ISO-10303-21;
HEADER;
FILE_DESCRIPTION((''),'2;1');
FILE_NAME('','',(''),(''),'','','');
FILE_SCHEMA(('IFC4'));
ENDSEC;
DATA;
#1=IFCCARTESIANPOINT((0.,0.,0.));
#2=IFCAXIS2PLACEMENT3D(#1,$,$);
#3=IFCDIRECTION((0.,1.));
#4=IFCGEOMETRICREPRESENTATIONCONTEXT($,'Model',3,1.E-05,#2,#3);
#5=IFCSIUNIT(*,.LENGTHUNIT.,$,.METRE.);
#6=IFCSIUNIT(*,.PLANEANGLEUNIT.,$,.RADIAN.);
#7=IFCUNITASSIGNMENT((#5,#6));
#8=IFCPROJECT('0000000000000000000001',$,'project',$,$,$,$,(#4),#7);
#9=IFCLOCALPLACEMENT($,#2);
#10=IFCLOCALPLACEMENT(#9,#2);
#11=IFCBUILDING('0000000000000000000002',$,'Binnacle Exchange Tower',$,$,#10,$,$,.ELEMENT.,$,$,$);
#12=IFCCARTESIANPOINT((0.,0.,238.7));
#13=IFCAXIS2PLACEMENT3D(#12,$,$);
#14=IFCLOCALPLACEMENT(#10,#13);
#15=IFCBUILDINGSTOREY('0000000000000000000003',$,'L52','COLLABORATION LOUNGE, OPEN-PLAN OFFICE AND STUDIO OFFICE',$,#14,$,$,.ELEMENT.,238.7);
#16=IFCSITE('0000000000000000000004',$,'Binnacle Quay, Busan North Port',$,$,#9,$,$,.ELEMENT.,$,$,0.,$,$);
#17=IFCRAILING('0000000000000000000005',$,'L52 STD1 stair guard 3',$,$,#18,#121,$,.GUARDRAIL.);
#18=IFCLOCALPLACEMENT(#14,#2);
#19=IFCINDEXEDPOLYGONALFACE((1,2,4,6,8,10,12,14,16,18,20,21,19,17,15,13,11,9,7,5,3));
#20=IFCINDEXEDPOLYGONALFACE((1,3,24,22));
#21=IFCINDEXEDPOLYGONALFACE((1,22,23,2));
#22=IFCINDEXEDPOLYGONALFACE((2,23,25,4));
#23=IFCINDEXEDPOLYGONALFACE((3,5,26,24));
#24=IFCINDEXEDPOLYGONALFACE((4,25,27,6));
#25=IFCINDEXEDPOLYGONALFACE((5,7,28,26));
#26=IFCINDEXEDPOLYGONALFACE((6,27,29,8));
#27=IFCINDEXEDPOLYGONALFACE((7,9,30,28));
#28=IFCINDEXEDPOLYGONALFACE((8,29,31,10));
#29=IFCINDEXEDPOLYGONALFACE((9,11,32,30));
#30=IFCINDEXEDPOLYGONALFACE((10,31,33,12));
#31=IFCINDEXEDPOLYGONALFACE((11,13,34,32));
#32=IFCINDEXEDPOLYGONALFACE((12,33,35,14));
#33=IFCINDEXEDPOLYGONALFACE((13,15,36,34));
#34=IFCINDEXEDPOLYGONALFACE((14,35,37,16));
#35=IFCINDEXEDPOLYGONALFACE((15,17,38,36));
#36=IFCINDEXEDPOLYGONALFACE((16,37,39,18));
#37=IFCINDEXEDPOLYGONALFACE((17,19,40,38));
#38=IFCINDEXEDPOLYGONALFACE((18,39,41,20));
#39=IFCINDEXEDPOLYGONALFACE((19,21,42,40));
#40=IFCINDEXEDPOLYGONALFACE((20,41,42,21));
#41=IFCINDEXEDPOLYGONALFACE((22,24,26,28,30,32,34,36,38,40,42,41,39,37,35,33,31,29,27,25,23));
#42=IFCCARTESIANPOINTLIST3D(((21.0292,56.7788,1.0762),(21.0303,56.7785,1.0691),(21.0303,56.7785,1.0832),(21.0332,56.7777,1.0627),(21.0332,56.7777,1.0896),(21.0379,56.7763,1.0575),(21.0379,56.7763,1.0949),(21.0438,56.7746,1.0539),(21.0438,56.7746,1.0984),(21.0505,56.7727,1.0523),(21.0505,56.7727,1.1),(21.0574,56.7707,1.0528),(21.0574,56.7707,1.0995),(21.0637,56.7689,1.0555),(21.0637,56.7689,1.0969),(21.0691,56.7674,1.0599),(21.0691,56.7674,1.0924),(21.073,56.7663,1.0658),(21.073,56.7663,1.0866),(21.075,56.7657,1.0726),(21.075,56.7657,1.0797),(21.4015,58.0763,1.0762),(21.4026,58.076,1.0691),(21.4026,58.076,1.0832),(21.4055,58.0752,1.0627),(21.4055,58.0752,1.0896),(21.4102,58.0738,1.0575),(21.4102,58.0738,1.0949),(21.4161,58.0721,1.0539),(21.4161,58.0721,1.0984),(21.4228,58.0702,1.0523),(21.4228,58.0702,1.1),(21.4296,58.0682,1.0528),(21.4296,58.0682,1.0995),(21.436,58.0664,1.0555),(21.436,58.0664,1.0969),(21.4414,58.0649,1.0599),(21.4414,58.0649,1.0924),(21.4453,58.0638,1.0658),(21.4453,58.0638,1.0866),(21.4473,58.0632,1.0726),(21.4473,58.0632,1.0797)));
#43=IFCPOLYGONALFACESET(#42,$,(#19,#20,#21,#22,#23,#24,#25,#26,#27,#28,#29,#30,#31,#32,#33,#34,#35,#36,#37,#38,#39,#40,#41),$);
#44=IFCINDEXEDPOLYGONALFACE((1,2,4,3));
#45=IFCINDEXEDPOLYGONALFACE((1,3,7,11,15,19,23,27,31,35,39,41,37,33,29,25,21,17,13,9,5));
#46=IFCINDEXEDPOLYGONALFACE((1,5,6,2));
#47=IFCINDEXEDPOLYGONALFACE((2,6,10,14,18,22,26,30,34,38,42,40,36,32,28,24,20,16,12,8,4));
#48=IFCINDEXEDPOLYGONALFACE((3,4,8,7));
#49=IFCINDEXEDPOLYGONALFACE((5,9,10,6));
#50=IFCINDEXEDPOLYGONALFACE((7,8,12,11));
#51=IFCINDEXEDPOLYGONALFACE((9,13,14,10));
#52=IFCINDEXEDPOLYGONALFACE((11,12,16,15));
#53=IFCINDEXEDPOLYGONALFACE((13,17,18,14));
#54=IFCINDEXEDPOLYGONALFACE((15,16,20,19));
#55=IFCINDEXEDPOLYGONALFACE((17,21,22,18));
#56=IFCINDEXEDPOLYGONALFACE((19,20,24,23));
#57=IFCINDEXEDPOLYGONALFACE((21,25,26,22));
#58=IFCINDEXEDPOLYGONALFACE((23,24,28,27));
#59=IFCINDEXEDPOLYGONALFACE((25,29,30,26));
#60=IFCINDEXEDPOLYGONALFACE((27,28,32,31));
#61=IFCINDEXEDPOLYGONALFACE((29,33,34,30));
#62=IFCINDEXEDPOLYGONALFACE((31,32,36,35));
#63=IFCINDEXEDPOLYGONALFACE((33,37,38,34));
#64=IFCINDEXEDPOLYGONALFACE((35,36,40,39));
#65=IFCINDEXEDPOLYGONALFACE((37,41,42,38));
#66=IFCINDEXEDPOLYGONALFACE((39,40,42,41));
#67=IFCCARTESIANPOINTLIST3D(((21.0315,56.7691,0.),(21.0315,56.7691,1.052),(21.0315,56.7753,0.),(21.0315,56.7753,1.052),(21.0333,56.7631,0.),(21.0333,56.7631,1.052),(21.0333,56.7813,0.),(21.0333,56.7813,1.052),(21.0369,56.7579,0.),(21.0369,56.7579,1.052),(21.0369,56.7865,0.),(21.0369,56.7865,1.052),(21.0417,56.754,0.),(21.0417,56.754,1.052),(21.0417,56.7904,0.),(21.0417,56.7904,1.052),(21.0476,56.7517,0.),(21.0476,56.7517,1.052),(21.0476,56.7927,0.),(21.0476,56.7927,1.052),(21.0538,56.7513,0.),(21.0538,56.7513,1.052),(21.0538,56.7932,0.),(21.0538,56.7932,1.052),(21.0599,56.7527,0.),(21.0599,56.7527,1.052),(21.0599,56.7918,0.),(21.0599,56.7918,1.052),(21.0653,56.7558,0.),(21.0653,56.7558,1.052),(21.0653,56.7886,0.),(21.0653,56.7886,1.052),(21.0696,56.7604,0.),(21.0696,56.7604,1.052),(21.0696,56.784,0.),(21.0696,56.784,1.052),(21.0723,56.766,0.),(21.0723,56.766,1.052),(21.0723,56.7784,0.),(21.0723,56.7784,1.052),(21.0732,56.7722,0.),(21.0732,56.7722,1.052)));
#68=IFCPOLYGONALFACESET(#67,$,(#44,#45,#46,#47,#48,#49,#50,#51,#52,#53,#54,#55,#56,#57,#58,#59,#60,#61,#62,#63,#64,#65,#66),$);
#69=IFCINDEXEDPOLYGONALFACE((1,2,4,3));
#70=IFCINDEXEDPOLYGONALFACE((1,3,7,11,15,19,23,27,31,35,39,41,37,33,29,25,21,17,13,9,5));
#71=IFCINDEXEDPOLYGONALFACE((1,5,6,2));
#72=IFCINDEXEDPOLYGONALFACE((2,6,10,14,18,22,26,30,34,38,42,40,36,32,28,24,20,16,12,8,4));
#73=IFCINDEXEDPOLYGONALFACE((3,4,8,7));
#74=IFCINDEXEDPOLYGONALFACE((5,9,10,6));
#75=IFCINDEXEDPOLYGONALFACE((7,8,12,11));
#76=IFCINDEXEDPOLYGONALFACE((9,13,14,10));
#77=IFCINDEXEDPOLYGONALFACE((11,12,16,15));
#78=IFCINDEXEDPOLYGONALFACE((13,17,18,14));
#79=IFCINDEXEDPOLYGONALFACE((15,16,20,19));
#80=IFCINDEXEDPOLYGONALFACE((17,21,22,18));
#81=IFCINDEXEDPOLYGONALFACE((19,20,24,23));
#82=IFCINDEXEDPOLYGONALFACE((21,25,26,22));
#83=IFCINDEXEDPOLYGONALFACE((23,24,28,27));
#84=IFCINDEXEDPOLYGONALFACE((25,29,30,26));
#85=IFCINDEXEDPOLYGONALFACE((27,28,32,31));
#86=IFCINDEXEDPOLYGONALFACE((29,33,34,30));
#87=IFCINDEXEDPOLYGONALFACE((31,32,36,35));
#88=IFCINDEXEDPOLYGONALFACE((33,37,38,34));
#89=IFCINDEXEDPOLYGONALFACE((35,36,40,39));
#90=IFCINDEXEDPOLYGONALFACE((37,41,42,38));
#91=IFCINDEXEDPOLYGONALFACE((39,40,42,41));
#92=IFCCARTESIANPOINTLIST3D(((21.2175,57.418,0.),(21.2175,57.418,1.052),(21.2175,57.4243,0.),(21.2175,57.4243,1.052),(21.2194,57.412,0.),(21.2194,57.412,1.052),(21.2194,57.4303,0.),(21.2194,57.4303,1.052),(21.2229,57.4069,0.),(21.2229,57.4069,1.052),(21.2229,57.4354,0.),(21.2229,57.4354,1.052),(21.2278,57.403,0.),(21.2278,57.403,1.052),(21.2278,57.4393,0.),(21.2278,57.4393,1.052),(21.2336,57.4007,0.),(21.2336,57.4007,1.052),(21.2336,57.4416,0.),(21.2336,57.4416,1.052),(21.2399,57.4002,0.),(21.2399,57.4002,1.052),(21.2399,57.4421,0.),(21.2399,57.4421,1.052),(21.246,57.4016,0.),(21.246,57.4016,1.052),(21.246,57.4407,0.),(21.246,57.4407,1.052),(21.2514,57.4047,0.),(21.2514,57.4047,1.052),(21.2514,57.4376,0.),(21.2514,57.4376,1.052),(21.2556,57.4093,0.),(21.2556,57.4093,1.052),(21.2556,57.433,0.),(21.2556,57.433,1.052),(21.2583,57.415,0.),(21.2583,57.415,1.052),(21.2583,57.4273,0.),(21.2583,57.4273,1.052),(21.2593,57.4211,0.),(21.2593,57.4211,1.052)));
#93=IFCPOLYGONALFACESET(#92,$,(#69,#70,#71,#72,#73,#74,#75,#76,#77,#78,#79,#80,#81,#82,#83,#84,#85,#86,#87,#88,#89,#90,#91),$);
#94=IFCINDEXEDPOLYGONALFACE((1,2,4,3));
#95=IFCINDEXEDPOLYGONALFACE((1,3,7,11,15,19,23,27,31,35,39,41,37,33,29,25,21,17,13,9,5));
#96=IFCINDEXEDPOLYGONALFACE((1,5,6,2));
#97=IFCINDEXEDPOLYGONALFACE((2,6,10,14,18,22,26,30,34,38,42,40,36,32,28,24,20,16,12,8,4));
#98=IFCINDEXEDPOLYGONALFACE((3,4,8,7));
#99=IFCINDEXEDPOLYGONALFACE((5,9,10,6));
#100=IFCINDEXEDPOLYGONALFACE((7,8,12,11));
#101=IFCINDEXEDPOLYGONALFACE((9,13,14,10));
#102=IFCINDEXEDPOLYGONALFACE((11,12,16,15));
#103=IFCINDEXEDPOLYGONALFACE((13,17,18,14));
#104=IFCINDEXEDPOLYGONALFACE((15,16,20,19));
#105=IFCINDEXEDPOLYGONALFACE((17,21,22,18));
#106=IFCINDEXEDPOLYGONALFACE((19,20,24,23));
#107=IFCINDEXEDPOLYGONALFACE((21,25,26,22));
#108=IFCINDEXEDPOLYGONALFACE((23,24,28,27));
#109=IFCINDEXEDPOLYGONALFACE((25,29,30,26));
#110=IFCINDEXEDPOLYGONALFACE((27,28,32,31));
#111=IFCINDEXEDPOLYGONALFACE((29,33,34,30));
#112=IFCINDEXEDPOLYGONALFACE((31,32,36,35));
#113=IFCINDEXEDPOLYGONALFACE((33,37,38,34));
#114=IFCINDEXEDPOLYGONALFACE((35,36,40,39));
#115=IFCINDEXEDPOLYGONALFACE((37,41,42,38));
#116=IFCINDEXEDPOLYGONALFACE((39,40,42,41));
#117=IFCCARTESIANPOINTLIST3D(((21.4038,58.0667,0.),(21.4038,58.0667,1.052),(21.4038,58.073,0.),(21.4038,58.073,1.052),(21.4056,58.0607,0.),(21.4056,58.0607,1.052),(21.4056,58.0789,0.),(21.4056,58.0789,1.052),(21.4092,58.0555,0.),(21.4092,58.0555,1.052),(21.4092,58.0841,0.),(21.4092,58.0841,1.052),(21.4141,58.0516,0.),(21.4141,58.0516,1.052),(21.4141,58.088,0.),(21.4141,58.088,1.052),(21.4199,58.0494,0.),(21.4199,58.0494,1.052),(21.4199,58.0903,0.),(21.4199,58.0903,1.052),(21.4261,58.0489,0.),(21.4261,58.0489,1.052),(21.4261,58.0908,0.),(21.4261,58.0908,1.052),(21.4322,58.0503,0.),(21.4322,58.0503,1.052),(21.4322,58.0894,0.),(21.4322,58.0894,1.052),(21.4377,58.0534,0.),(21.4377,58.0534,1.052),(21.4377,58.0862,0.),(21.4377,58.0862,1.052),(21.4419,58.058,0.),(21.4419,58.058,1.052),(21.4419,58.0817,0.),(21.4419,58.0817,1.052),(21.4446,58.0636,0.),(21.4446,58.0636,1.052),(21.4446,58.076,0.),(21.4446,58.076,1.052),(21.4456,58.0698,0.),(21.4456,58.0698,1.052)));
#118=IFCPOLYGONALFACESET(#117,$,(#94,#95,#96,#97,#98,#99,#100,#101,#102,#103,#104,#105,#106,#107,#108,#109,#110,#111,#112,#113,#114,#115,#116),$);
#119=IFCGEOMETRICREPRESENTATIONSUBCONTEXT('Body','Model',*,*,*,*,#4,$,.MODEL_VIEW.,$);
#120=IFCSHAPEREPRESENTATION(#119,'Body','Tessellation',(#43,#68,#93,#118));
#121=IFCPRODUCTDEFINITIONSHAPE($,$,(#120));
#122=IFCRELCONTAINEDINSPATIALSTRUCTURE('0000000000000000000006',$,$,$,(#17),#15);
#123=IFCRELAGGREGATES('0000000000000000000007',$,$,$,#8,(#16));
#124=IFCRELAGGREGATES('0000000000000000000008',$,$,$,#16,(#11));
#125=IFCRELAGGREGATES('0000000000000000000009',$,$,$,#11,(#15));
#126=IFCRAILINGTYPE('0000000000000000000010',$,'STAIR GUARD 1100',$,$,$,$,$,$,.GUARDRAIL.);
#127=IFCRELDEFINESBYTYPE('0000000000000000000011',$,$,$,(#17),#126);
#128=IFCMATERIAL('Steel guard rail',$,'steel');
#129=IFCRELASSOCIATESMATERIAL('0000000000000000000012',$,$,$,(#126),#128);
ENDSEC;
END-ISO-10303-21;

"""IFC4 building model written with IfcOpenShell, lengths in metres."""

from ifc_helpers import new_model, si_unit, direction, frame, origin, origin_2d, place, context, subcontext, project, spatial, circle, extrude, material, type_object, element, save


model = new_model("IFC4")

# Units and contexts
model_context = context("Model", 3, precision=1e-05, world=origin(), true_north=direction((0.0, 1.0)))
body_context = subcontext(model_context, "Body", "Model", "MODEL_VIEW")
ifc_project = project(units=[si_unit("LENGTHUNIT", "METRE"), si_unit("PLANEANGLEUNIT", "RADIAN")], contexts=[model_context])

# Site, building, storey
site_placement = place(None, origin())
site = spatial("IfcSite", under=ifc_project, at=site_placement, Name="Binnacle Quay, Busan North Port", CompositionType="ELEMENT", RefElevation=0.0)
building_placement = place(site_placement, origin())
building = spatial("IfcBuilding", under=site, at=building_placement, Name="Binnacle Exchange Tower", CompositionType="ELEMENT")
storey_placement = place(building_placement, frame((0.0, 0.0, 238.7)))
storey = spatial("IfcBuildingStorey", under=building, at=storey_placement, Name="L52", Description="COLLABORATION LOUNGE, OPEN-PLAN OFFICE AND STUDIO OFFICE", CompositionType="ELEMENT", Elevation=238.7)

# Railing
ifc_material_1 = material(Name="Steel guard rail", Category="steel")
railing_type = type_object("IfcRailingType", Name="STAIR GUARD 1100", PredefinedType="GUARDRAIL", material=ifc_material_1)
railing_1_placement = place(storey_placement, frame((21.0522, 56.7722, 0.0)))
element("IfcRailing", 1, at=railing_1_placement, inside=storey, type_object=railing_type, Name="L52 STD1 stair guard 3", PredefinedType="GUARDRAIL", context=body_context, shape_type="SweptSolid", body=[
    extrude(circle(Radius=0.0239, at=origin_2d()), frame((0.0, 0.0, 1.0762), z_axis=(0.275796, 0.961216, 0.0), x_axis=(-0.961216, 0.275796, 0.0)), (0.0, 0.0, 1.0), 1.3499),
    extrude(circle(Radius=0.021, at=origin_2d()), origin(), (0.0, 0.0, 1.0), 1.052),
    extrude(circle(Radius=0.021, at=origin_2d()), frame((0.186, 0.6489, 0.0)), (0.0, 0.0, 1.0), 1.052),
    extrude(circle(Radius=0.021, at=origin_2d()), frame((0.3723, 1.2976, 0.0)), (0.0, 0.0, 1.0), 1.052),
])

save(model, "model.ifc")
